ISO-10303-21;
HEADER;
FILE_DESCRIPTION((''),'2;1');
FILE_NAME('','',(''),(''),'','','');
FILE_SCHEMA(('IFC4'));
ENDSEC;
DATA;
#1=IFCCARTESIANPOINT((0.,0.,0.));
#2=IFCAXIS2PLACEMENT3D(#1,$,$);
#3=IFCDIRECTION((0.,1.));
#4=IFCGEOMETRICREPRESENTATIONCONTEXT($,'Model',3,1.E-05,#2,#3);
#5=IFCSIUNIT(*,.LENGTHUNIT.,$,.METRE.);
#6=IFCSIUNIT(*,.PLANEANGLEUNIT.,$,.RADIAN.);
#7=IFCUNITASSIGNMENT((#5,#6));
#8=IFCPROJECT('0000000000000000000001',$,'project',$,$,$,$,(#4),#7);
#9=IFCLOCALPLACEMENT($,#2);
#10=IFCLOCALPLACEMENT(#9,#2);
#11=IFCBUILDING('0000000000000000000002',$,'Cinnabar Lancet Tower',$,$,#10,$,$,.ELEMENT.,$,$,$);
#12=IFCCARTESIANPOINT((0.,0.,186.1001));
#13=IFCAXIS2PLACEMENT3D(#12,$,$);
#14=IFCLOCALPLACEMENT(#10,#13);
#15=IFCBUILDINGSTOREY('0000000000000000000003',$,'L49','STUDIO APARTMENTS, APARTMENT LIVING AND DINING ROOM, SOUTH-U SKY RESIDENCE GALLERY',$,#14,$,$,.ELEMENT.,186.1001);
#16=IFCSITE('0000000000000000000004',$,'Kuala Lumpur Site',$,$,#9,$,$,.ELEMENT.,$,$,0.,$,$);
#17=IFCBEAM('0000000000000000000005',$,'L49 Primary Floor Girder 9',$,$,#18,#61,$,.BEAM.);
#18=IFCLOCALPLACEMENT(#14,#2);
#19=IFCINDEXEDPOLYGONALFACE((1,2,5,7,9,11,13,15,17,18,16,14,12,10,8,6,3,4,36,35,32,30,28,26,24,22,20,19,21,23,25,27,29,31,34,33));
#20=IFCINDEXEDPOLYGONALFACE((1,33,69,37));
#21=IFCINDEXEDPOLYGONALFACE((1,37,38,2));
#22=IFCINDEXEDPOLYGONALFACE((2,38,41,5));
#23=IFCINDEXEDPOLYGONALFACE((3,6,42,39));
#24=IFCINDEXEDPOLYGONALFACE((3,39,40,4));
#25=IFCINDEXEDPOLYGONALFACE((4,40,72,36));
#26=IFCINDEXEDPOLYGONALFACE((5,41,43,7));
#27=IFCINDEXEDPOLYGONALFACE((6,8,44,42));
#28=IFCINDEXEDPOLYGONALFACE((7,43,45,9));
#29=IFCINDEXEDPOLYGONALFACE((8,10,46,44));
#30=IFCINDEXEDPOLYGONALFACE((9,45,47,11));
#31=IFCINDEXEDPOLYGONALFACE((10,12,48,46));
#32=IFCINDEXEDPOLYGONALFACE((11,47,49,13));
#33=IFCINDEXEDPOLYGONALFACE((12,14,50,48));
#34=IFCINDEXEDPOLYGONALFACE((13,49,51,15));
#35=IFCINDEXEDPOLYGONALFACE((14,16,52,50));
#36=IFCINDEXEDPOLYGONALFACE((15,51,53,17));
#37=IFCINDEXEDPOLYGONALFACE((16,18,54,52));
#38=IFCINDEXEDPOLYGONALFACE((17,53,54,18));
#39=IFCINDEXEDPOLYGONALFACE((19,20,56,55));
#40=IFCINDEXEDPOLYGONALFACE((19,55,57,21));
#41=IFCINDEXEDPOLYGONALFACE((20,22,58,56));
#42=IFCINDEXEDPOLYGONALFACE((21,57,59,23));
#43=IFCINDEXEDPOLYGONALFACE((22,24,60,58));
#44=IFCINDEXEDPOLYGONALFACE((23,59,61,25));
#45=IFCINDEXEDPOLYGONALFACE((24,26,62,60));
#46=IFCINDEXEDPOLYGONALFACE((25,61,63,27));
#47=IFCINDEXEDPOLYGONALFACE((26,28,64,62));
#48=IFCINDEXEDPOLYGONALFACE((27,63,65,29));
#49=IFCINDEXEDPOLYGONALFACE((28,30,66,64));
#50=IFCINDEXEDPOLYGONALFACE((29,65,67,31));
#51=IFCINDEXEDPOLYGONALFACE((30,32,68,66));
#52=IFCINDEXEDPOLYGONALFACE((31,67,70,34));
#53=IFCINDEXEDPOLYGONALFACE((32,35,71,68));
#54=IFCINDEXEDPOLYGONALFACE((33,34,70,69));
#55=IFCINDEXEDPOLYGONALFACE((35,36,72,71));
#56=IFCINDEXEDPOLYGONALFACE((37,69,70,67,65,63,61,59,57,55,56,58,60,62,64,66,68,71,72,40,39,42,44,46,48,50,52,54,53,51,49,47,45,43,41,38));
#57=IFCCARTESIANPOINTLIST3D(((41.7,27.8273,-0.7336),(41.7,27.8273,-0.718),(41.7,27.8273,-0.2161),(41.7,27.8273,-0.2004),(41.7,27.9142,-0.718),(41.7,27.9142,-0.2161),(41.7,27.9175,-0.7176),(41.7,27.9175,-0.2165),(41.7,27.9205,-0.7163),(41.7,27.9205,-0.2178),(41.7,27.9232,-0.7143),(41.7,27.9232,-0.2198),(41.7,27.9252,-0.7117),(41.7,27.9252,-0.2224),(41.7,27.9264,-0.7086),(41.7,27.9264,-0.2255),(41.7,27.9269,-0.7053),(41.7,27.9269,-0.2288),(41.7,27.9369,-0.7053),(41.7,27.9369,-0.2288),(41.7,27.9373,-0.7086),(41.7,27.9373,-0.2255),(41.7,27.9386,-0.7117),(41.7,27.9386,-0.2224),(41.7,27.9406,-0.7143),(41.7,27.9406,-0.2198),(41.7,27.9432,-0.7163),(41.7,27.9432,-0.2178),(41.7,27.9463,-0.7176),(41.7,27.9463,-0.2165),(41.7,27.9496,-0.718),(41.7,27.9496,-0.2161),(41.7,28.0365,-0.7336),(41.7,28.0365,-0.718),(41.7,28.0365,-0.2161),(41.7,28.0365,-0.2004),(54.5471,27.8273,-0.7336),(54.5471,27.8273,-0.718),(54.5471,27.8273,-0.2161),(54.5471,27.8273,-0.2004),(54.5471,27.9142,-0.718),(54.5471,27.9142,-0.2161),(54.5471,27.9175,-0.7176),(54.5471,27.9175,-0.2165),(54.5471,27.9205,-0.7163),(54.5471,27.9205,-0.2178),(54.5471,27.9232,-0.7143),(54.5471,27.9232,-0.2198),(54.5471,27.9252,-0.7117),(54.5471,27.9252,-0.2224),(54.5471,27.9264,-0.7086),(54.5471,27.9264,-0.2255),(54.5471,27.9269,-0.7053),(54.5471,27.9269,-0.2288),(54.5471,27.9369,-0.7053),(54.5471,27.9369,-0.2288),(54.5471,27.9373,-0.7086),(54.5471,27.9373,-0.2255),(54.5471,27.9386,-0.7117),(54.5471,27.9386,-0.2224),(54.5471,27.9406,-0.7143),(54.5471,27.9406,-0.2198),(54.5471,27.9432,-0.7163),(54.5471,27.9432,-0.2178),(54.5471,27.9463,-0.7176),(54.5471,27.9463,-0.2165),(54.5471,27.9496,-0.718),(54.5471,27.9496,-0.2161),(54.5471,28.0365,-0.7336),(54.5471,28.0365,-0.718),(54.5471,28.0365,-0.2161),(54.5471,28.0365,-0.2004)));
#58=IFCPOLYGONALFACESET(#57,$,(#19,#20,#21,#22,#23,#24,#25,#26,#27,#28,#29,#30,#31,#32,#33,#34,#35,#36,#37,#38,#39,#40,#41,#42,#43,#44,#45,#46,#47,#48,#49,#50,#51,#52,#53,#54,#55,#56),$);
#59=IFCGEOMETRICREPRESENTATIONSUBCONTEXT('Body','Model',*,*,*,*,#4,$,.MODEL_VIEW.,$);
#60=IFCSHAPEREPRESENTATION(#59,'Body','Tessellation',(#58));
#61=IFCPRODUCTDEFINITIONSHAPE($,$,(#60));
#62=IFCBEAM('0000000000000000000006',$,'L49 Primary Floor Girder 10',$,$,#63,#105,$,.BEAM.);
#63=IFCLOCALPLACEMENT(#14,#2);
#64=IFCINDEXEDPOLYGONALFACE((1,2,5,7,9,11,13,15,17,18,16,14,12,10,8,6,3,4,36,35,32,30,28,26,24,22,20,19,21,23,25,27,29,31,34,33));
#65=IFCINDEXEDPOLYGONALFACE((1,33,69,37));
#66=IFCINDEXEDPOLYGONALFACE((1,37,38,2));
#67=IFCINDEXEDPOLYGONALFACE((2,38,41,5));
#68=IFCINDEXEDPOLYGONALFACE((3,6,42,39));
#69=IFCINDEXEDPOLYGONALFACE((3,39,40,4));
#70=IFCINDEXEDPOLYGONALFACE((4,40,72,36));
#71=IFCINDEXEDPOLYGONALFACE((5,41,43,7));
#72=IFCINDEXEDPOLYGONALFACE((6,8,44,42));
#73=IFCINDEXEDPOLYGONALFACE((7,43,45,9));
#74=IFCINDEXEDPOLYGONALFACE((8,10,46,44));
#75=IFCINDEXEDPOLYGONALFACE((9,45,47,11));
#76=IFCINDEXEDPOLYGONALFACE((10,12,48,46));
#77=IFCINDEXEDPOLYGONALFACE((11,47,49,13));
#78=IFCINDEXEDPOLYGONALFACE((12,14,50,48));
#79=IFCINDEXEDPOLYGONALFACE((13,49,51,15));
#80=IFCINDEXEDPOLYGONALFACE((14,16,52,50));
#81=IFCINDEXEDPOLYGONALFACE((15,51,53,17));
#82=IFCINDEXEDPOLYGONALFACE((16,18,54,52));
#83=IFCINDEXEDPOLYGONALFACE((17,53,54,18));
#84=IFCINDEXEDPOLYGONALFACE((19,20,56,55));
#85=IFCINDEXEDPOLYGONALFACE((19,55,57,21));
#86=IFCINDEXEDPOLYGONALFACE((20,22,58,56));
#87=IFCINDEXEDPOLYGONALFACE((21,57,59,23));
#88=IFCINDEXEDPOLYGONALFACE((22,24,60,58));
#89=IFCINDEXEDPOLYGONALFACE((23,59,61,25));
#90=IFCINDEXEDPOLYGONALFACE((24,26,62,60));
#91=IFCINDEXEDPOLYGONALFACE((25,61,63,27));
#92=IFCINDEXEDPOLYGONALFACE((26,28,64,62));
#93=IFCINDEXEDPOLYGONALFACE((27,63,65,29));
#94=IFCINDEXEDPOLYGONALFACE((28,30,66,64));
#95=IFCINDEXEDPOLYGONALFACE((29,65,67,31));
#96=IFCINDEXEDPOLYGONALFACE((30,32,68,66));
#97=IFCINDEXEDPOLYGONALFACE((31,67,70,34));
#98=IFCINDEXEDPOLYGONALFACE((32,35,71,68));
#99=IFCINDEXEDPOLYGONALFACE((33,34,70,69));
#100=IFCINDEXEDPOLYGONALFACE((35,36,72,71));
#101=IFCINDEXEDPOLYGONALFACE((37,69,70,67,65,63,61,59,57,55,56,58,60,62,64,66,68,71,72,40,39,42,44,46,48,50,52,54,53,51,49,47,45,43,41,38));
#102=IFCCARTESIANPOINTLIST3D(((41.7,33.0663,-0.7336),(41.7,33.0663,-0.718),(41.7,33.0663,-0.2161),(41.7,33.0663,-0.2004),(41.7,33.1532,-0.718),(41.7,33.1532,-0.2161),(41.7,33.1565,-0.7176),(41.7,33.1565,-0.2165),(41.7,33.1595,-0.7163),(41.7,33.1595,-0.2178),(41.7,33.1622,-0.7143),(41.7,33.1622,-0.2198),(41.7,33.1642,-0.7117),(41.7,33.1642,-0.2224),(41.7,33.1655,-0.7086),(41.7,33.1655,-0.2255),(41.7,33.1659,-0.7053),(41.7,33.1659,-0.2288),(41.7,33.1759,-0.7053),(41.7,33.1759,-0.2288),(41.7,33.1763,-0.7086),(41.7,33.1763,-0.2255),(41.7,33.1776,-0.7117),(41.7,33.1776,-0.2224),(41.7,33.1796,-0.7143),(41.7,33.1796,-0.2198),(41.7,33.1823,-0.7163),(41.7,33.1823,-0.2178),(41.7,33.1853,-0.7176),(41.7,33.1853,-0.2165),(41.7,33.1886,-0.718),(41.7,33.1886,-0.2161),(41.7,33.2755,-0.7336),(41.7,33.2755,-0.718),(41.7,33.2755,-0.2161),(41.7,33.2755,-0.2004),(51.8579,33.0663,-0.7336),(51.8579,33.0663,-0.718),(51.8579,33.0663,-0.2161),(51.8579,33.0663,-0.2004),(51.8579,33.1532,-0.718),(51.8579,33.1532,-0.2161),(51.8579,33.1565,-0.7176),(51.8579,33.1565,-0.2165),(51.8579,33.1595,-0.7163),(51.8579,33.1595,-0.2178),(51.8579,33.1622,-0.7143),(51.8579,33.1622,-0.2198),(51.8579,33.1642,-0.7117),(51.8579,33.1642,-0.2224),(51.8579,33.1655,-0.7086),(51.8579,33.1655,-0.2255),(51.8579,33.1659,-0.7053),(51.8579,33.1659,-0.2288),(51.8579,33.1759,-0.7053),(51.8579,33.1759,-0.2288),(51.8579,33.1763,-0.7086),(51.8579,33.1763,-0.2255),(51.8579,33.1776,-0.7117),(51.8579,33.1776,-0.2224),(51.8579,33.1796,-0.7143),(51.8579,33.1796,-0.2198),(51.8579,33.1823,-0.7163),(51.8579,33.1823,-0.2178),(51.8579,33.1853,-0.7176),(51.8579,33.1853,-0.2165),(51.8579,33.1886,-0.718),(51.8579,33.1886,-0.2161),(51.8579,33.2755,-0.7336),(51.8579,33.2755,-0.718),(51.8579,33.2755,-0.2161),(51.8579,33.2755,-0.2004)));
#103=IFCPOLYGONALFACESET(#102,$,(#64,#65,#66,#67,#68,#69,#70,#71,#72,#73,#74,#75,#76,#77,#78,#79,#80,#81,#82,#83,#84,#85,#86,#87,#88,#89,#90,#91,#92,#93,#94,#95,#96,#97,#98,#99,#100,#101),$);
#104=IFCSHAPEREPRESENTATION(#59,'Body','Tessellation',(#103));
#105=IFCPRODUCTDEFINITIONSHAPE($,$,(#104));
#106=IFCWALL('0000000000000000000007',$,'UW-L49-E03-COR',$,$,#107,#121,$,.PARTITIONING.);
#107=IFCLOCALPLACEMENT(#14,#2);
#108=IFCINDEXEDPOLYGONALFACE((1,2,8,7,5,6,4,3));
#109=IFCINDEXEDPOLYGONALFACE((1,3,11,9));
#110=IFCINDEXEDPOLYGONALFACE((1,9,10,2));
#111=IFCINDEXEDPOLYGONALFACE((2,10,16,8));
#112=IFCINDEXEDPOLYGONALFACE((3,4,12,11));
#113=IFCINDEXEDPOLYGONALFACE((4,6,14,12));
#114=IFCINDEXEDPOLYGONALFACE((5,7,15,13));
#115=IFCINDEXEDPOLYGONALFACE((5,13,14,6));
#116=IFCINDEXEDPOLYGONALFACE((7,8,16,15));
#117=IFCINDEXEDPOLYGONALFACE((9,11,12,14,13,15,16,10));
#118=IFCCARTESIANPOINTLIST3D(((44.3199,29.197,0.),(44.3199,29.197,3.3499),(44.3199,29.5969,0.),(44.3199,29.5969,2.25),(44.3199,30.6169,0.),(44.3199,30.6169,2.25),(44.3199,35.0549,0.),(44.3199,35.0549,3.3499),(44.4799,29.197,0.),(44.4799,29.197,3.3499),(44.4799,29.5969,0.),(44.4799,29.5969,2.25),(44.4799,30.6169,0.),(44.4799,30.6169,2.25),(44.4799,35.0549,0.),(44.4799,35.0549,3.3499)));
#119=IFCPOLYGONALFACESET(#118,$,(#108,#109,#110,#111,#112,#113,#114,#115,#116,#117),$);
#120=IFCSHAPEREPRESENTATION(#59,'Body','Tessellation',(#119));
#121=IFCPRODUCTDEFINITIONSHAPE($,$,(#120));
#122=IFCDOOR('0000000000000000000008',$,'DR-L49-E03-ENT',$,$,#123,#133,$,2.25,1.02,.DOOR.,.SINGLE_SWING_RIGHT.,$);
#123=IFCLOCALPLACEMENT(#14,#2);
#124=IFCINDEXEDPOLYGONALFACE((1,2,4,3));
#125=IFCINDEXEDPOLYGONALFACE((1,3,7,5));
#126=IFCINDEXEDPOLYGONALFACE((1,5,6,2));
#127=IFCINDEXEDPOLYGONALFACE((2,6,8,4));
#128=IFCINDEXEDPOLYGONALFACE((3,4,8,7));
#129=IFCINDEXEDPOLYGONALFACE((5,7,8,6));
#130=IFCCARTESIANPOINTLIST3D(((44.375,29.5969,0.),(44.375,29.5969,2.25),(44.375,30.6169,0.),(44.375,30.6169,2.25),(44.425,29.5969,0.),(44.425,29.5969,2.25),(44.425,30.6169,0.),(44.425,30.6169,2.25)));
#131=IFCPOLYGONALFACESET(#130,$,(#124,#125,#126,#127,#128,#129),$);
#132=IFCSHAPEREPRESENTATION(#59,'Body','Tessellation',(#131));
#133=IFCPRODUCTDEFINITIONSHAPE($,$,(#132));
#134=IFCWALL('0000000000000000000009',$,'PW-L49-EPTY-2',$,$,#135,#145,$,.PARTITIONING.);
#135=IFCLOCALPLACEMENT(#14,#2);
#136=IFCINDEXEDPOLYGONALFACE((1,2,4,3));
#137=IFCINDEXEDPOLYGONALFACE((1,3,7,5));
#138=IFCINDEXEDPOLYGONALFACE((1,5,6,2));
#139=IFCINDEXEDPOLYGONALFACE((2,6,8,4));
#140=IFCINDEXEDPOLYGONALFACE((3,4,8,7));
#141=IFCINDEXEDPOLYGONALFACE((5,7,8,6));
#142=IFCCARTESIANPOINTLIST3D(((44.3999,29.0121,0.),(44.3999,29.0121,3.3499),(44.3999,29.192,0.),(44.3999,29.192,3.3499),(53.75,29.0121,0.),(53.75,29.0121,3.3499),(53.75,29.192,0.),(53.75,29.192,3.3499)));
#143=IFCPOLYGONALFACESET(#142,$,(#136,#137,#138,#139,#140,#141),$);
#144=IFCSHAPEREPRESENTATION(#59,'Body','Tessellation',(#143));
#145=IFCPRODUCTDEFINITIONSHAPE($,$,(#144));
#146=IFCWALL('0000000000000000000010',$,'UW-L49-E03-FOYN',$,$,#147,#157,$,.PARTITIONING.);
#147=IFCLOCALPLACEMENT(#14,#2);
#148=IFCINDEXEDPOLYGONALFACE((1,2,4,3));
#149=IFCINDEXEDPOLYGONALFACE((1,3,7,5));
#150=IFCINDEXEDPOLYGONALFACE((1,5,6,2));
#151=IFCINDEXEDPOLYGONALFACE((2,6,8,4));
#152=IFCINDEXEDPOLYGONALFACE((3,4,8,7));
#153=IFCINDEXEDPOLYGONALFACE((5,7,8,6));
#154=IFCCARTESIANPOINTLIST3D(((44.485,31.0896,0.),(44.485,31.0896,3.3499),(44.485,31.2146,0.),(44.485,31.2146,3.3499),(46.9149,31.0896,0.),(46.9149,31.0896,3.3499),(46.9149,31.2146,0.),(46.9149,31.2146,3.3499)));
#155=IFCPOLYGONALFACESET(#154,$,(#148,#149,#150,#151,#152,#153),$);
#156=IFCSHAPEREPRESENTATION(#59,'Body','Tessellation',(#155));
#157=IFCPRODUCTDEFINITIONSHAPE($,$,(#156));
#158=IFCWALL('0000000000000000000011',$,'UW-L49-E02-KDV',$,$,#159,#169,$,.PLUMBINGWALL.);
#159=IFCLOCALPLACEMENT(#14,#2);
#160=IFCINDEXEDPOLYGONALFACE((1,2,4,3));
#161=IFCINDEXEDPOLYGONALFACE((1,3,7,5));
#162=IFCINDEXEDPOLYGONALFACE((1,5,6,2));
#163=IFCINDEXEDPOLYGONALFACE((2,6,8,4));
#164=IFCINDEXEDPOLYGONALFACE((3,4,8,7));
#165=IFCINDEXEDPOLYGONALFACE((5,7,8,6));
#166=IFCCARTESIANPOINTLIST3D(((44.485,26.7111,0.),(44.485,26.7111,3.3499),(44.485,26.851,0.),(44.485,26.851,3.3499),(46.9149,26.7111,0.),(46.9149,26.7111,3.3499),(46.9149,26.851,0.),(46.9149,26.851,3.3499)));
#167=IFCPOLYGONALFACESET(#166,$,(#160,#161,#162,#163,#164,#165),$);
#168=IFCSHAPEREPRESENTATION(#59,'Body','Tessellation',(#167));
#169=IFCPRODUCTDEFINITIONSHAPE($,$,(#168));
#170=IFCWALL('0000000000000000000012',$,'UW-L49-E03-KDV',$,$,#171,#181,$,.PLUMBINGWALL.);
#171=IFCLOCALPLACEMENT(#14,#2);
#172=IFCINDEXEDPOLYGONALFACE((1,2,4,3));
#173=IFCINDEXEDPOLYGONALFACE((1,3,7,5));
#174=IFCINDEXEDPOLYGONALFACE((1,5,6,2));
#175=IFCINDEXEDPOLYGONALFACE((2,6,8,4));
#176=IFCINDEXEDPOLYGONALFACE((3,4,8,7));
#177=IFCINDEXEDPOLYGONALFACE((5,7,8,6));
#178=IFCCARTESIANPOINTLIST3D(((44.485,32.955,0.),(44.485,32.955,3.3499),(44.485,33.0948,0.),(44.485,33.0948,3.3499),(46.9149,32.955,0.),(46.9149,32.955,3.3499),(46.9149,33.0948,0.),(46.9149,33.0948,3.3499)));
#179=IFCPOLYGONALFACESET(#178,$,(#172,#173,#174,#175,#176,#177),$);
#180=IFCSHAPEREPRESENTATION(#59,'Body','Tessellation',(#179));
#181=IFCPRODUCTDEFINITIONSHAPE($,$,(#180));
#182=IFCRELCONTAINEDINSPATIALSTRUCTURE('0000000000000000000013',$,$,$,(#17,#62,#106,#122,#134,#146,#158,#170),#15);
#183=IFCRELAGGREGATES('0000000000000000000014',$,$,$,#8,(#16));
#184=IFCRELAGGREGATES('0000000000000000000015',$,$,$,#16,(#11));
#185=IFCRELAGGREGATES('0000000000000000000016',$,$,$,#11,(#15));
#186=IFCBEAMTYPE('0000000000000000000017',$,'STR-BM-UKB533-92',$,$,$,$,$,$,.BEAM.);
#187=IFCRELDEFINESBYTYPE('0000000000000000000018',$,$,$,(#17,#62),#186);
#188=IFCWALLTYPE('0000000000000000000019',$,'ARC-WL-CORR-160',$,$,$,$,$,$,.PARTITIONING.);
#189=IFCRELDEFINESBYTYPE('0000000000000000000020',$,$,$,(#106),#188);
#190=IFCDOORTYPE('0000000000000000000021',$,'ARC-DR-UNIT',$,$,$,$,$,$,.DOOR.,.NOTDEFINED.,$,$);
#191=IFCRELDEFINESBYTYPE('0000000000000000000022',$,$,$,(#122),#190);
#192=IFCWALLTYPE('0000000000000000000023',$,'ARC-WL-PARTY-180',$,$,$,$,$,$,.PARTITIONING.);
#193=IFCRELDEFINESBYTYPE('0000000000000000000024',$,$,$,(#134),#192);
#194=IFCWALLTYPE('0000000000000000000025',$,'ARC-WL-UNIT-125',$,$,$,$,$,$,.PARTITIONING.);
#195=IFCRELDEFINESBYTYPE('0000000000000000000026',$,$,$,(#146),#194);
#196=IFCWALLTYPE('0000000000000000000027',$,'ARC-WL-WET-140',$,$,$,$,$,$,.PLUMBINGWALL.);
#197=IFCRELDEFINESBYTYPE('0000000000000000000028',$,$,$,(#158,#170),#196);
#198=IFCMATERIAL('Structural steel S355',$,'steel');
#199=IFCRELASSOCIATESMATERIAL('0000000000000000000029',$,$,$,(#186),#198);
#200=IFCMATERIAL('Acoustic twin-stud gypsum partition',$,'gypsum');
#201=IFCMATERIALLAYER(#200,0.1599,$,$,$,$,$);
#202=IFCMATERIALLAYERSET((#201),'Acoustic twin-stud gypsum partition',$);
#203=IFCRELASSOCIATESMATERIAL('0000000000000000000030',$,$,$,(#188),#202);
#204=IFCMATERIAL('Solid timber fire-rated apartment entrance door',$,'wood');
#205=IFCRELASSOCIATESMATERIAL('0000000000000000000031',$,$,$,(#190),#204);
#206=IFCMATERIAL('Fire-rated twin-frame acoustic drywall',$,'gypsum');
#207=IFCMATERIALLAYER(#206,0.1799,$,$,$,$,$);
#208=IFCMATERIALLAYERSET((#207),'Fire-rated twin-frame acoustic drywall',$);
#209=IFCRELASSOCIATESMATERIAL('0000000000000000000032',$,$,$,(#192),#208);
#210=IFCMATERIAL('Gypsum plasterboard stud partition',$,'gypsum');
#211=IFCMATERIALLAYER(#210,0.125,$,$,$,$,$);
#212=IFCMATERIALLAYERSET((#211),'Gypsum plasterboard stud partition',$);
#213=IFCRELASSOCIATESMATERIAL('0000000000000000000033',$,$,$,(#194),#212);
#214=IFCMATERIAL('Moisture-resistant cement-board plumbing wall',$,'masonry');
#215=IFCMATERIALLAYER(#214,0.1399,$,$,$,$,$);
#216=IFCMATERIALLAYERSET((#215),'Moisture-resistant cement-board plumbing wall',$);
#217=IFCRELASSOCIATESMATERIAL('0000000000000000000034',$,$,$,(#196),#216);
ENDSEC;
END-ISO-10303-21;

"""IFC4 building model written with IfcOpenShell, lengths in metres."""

from ifc_helpers import new_model, si_unit, direction, frame, frame_2d, origin, origin_2d, place, context, subcontext, project, spatial, rectangle, i_section, extrude, material, layer, layer_set, material_profile, profile_set, type_object, element, fill, save


model = new_model("IFC4")

# Units and contexts
model_context = context("Model", 3, precision=1e-05, world=origin(), true_north=direction((0.0, 1.0)))
body_context = subcontext(model_context, "Body", "Model", "MODEL_VIEW")
ifc_project = project(units=[si_unit("LENGTHUNIT", "METRE"), si_unit("PLANEANGLEUNIT", "RADIAN")], contexts=[model_context])

# Site, building, storey
site_placement = place(None, origin())
site = spatial("IfcSite", under=ifc_project, at=site_placement, Name="Kuala Lumpur Site", CompositionType="ELEMENT", RefElevation=0.0)
building_placement = place(site_placement, origin())
building = spatial("IfcBuilding", under=site, at=building_placement, Name="Cinnabar Lancet Tower", CompositionType="ELEMENT")
storey_placement = place(building_placement, frame((0.0, 0.0, 186.1001)))
storey = spatial("IfcBuildingStorey", under=building, at=storey_placement, Name="L49", Description="STUDIO APARTMENTS, APARTMENT LIVING AND DINING ROOM, SOUTH-U SKY RESIDENCE GALLERY", CompositionType="ELEMENT", Elevation=186.1001)

# Beams
ifc_material_1 = material(Name="Structural steel S355", Category="steel")
ifc_material_profile_1 = material_profile(ifc_material_1, i_section(OverallWidth=0.2092, OverallDepth=0.5332, WebThickness=0.01, FlangeThickness=0.0156, FilletRadius=0.0127, at=origin_2d()), Name="UKB 533x210x92")
ifc_profile_set_1 = profile_set([ifc_material_profile_1], Name="Structural steel S355")
beam_type_1 = type_object("IfcBeamType", Name="STR-BM-UKB533-92", PredefinedType="BEAM", material=ifc_profile_set_1)
beam_1_placement = place(storey_placement, frame((54.5471, 27.9319, -0.467), z_axis=(-1.0, 0.0, 0.0), x_axis=(0.0, -1.0, 0.0)))
element("IfcBeam", 1, at=beam_1_placement, inside=storey, type_object=beam_type_1, Name="L49 Primary Floor Girder 9", PredefinedType="BEAM", context=body_context, shape_type="SweptSolid", body=[
    extrude(i_section(OverallWidth=0.2092, OverallDepth=0.5332, WebThickness=0.01, FlangeThickness=0.0156, FilletRadius=0.0127, at=origin_2d()), origin(), (0.0, 0.0, 1.0), 12.8472),
])
beam_2_placement = place(storey_placement, frame((51.8579, 33.1709, -0.467), z_axis=(-1.0, 0.0, 0.0), x_axis=(0.0, -1.0, 0.0)))
element("IfcBeam", 2, at=beam_2_placement, inside=storey, type_object=beam_type_1, Name="L49 Primary Floor Girder 10", PredefinedType="BEAM", context=body_context, shape_type="SweptSolid", body=[
    extrude(i_section(OverallWidth=0.2092, OverallDepth=0.5332, WebThickness=0.01, FlangeThickness=0.0156, FilletRadius=0.0127, at=origin_2d()), origin(), (0.0, 0.0, 1.0), 10.158),
])

# Wall, opening, door
ifc_material_2 = material(Name="Acoustic twin-stud gypsum partition", Category="gypsum")
ifc_layer_1 = layer(ifc_material_2, 0.1599)
ifc_layer_set_1 = layer_set([ifc_layer_1], Name="Acoustic twin-stud gypsum partition")
wall_type_1 = type_object("IfcWallType", Name="ARC-WL-CORR-160", PredefinedType="PARTITIONING", material=ifc_layer_set_1)
wall_1_placement = place(storey_placement, frame((44.3999, 29.197, 0.0), z_axis=(0.0, 0.0, 1.0), x_axis=(0.0, 1.0, 0.0)))
wall_1 = element("IfcWall", 3, at=wall_1_placement, inside=storey, type_object=wall_type_1, Name="UW-L49-E03-COR", PredefinedType="PARTITIONING", context=body_context, shape_type="SweptSolid", body=[
    extrude(rectangle(XDim=5.8579, YDim=0.1599, at=frame_2d((2.929, 0.0))), origin(), (0.0, 0.0, 1.0), 3.3499),
])
opening_1_placement = place(wall_1_placement, frame((0.3999, 0.0, 0.0)))
opening_1 = element("IfcOpeningElement", 4, at=opening_1_placement, cuts=wall_1, PredefinedType="OPENING", context=body_context, shape_type="SweptSolid", body=[
    extrude(rectangle(XDim=1.02, YDim=2.25, at=frame_2d((0.51, 1.125))), frame((0.0, 0.0898, 0.0), z_axis=(0.0, -1.0, 0.0), x_axis=(1.0, 0.0, 0.0)), (0.0, 0.0, 1.0), 0.1799),
])
ifc_material_3 = material(Name="Solid timber fire-rated apartment entrance door", Category="wood")
door_type_1 = type_object("IfcDoorType", Name="ARC-DR-UNIT", OperationType="NOTDEFINED", PredefinedType="DOOR", material=ifc_material_3)
door_1_placement = place(opening_1_placement, origin())
door_1 = element("IfcDoor", 5, at=door_1_placement, inside=storey, type_object=door_type_1, Name="DR-L49-E03-ENT", OperationType="SINGLE_SWING_RIGHT", OverallHeight=2.25, OverallWidth=1.02, PredefinedType="DOOR", context=body_context, shape_type="SweptSolid", body=[
    extrude(rectangle(XDim=1.02, YDim=2.25, at=frame_2d((0.51, 1.125))), frame((0.0, 0.0249, 0.0), z_axis=(0.0, -1.0, 0.0), x_axis=(1.0, 0.0, 0.0)), (0.0, 0.0, 1.0), 0.05),
])
fill(opening_1, door_1)

# Walls
ifc_material_4 = material(Name="Fire-rated twin-frame acoustic drywall", Category="gypsum")
ifc_layer_2 = layer(ifc_material_4, 0.1799)
ifc_layer_set_2 = layer_set([ifc_layer_2], Name="Fire-rated twin-frame acoustic drywall")
wall_type_2 = type_object("IfcWallType", Name="ARC-WL-PARTY-180", PredefinedType="PARTITIONING", material=ifc_layer_set_2)
wall_2_placement = place(storey_placement, frame((44.3999, 29.1021, 0.0), z_axis=(0.0, 0.0, 1.0), x_axis=(1.0, 0.0, 0.0)))
element("IfcWall", 6, at=wall_2_placement, inside=storey, type_object=wall_type_2, Name="PW-L49-EPTY-2", PredefinedType="PARTITIONING", context=body_context, shape_type="SweptSolid", body=[
    extrude(rectangle(XDim=9.3501, YDim=0.1799, at=frame_2d((4.675, 0.0))), origin(), (0.0, 0.0, 1.0), 3.3499),
])
ifc_material_5 = material(Name="Gypsum plasterboard stud partition", Category="gypsum")
ifc_layer_3 = layer(ifc_material_5, 0.125)
ifc_layer_set_3 = layer_set([ifc_layer_3], Name="Gypsum plasterboard stud partition")
wall_type_3 = type_object("IfcWallType", Name="ARC-WL-UNIT-125", PredefinedType="PARTITIONING", material=ifc_layer_set_3)
wall_3_placement = place(storey_placement, frame((44.4851, 31.1521, 0.0), z_axis=(0.0, 0.0, 1.0), x_axis=(1.0, 0.0, 0.0)))
element("IfcWall", 7, at=wall_3_placement, inside=storey, type_object=wall_type_3, Name="UW-L49-E03-FOYN", PredefinedType="PARTITIONING", context=body_context, shape_type="SweptSolid", body=[
    extrude(rectangle(XDim=2.4299, YDim=0.125, at=frame_2d((1.2148, 0.0))), origin(), (0.0, 0.0, 1.0), 3.3499),
])
ifc_material_6 = material(Name="Moisture-resistant cement-board plumbing wall", Category="masonry")
ifc_layer_4 = layer(ifc_material_6, 0.1399)
ifc_layer_set_4 = layer_set([ifc_layer_4], Name="Moisture-resistant cement-board plumbing wall")
wall_type_4 = type_object("IfcWallType", Name="ARC-WL-WET-140", PredefinedType="PLUMBINGWALL", material=ifc_layer_set_4)
wall_4_placement = place(storey_placement, frame((44.4851, 26.781, 0.0), z_axis=(0.0, 0.0, 1.0), x_axis=(1.0, 0.0, 0.0)))
element("IfcWall", 8, at=wall_4_placement, inside=storey, type_object=wall_type_4, Name="UW-L49-E02-KDV", PredefinedType="PLUMBINGWALL", context=body_context, shape_type="SweptSolid", body=[
    extrude(rectangle(XDim=2.4299, YDim=0.1399, at=frame_2d((1.2148, 0.0))), origin(), (0.0, 0.0, 1.0), 3.3499),
])

# Wall
wall_5_placement = place(storey_placement, frame((44.4851, 33.0249, 0.0), z_axis=(0.0, 0.0, 1.0), x_axis=(1.0, 0.0, 0.0)))
element("IfcWall", 9, at=wall_5_placement, inside=storey, type_object=wall_type_4, Name="UW-L49-E03-KDV", PredefinedType="PLUMBINGWALL", context=body_context, shape_type="SweptSolid", body=[
    extrude(rectangle(XDim=2.4299, YDim=0.1399, at=frame_2d((1.2148, 0.0))), origin(), (0.0, 0.0, 1.0), 3.3499),
])

save(model, "model.ifc")
